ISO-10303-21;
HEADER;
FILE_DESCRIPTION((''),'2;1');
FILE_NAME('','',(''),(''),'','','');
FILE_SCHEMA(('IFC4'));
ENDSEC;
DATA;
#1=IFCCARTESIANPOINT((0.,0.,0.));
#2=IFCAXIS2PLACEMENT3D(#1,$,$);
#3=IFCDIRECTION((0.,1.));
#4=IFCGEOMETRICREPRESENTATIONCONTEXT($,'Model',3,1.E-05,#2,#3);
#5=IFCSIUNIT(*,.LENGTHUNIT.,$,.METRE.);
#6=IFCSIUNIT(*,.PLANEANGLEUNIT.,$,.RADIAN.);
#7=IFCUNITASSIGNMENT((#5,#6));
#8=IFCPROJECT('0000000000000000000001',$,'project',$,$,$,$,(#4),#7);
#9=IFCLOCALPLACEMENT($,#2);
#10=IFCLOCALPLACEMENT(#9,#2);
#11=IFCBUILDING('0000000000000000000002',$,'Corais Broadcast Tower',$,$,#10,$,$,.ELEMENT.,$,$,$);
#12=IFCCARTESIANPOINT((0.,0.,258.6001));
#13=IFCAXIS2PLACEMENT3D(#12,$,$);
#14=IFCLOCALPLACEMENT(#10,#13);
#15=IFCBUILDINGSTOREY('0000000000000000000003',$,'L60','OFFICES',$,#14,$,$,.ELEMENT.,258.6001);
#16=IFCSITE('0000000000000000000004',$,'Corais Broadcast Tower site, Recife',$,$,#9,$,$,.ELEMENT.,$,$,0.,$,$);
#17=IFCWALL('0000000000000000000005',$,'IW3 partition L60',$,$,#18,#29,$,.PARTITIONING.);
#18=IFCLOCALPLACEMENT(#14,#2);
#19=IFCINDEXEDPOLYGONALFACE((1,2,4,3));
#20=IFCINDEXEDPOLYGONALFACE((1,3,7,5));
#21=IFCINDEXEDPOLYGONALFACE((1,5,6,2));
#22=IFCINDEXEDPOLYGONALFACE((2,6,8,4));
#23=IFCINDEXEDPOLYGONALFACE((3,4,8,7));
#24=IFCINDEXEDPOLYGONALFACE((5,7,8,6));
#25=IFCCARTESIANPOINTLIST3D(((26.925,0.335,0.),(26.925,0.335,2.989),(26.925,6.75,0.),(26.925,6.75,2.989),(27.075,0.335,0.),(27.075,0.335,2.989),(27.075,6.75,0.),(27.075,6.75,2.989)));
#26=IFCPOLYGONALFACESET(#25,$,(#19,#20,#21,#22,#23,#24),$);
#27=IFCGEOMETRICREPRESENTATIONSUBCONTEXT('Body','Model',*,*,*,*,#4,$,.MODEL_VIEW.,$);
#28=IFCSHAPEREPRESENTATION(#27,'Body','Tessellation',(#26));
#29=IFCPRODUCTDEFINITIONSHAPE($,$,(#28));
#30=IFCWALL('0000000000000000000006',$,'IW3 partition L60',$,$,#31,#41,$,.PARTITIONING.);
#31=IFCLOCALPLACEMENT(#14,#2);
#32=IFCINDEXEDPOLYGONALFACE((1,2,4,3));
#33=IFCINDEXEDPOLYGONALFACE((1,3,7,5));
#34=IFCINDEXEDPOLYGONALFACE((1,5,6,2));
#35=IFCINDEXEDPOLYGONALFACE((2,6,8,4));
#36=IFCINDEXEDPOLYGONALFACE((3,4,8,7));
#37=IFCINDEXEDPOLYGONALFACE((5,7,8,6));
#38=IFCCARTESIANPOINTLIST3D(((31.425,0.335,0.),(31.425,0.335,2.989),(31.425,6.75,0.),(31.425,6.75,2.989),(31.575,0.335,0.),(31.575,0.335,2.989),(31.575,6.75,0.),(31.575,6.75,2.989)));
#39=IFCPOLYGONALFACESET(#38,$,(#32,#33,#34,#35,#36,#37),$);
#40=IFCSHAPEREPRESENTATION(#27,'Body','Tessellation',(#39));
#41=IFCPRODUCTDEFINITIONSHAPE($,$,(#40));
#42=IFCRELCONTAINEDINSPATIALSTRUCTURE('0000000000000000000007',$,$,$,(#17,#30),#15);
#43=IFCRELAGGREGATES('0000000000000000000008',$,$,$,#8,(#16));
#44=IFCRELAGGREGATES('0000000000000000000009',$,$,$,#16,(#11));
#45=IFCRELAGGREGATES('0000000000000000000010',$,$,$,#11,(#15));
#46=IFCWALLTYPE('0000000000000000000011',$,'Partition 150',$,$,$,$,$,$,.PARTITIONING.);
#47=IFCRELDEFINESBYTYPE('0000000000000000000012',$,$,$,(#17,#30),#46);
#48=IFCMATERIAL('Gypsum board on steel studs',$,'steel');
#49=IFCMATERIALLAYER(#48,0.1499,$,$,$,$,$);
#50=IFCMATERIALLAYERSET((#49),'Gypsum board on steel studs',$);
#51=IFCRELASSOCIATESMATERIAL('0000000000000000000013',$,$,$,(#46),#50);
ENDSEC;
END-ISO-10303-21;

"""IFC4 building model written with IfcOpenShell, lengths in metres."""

from ifc_helpers import new_model, si_unit, direction, frame, frame_2d, origin, place, context, subcontext, project, spatial, rectangle, extrude, material, layer, layer_set, type_object, element, save


model = new_model("IFC4")

# Units and contexts
model_context = context("Model", 3, precision=1e-05, world=origin(), true_north=direction((0.0, 1.0)))
body_context = subcontext(model_context, "Body", "Model", "MODEL_VIEW")
ifc_project = project(units=[si_unit("LENGTHUNIT", "METRE"), si_unit("PLANEANGLEUNIT", "RADIAN")], contexts=[model_context])

# Site, building, storey
site_placement = place(None, origin())
site = spatial("IfcSite", under=ifc_project, at=site_placement, Name="Corais Broadcast Tower site, Recife", CompositionType="ELEMENT", RefElevation=0.0)
building_placement = place(site_placement, origin())
building = spatial("IfcBuilding", under=site, at=building_placement, Name="Corais Broadcast Tower", CompositionType="ELEMENT")
storey_placement = place(building_placement, frame((0.0, 0.0, 258.6001)))
storey = spatial("IfcBuildingStorey", under=building, at=storey_placement, Name="L60", Description="OFFICES", CompositionType="ELEMENT", Elevation=258.6001)

# Walls
ifc_material_1 = material(Name="Gypsum board on steel studs", Category="steel")
ifc_layer_1 = layer(ifc_material_1, 0.1499)
ifc_layer_set_1 = layer_set([ifc_layer_1], Name="Gypsum board on steel studs")
wall_type = type_object("IfcWallType", Name="Partition 150", PredefinedType="PARTITIONING", material=ifc_layer_set_1)
for number, where, z_axis, x_axis, name in (
    (1, (27.0, 0.335, 0.0), (0.0, 0.0, 1.0), (0.0, 1.0, 0.0), "IW3 partition L60"),
    (2, (31.5, 0.335, 0.0), (0.0, 0.0, 1.0), (0.0, 1.0, 0.0), "IW3 partition L60"),
):
    element("IfcWall", number, at=place(storey_placement, frame(where, z_axis=z_axis, x_axis=x_axis)), inside=storey, type_object=wall_type, Name=name, PredefinedType="PARTITIONING", context=body_context, shape_type="SweptSolid", body=[
        extrude(rectangle(XDim=6.415, YDim=0.1499, at=frame_2d((3.2075, 0.0))), origin(), (0.0, 0.0, 1.0), 2.989),
    ])

save(model, "model.ifc")
